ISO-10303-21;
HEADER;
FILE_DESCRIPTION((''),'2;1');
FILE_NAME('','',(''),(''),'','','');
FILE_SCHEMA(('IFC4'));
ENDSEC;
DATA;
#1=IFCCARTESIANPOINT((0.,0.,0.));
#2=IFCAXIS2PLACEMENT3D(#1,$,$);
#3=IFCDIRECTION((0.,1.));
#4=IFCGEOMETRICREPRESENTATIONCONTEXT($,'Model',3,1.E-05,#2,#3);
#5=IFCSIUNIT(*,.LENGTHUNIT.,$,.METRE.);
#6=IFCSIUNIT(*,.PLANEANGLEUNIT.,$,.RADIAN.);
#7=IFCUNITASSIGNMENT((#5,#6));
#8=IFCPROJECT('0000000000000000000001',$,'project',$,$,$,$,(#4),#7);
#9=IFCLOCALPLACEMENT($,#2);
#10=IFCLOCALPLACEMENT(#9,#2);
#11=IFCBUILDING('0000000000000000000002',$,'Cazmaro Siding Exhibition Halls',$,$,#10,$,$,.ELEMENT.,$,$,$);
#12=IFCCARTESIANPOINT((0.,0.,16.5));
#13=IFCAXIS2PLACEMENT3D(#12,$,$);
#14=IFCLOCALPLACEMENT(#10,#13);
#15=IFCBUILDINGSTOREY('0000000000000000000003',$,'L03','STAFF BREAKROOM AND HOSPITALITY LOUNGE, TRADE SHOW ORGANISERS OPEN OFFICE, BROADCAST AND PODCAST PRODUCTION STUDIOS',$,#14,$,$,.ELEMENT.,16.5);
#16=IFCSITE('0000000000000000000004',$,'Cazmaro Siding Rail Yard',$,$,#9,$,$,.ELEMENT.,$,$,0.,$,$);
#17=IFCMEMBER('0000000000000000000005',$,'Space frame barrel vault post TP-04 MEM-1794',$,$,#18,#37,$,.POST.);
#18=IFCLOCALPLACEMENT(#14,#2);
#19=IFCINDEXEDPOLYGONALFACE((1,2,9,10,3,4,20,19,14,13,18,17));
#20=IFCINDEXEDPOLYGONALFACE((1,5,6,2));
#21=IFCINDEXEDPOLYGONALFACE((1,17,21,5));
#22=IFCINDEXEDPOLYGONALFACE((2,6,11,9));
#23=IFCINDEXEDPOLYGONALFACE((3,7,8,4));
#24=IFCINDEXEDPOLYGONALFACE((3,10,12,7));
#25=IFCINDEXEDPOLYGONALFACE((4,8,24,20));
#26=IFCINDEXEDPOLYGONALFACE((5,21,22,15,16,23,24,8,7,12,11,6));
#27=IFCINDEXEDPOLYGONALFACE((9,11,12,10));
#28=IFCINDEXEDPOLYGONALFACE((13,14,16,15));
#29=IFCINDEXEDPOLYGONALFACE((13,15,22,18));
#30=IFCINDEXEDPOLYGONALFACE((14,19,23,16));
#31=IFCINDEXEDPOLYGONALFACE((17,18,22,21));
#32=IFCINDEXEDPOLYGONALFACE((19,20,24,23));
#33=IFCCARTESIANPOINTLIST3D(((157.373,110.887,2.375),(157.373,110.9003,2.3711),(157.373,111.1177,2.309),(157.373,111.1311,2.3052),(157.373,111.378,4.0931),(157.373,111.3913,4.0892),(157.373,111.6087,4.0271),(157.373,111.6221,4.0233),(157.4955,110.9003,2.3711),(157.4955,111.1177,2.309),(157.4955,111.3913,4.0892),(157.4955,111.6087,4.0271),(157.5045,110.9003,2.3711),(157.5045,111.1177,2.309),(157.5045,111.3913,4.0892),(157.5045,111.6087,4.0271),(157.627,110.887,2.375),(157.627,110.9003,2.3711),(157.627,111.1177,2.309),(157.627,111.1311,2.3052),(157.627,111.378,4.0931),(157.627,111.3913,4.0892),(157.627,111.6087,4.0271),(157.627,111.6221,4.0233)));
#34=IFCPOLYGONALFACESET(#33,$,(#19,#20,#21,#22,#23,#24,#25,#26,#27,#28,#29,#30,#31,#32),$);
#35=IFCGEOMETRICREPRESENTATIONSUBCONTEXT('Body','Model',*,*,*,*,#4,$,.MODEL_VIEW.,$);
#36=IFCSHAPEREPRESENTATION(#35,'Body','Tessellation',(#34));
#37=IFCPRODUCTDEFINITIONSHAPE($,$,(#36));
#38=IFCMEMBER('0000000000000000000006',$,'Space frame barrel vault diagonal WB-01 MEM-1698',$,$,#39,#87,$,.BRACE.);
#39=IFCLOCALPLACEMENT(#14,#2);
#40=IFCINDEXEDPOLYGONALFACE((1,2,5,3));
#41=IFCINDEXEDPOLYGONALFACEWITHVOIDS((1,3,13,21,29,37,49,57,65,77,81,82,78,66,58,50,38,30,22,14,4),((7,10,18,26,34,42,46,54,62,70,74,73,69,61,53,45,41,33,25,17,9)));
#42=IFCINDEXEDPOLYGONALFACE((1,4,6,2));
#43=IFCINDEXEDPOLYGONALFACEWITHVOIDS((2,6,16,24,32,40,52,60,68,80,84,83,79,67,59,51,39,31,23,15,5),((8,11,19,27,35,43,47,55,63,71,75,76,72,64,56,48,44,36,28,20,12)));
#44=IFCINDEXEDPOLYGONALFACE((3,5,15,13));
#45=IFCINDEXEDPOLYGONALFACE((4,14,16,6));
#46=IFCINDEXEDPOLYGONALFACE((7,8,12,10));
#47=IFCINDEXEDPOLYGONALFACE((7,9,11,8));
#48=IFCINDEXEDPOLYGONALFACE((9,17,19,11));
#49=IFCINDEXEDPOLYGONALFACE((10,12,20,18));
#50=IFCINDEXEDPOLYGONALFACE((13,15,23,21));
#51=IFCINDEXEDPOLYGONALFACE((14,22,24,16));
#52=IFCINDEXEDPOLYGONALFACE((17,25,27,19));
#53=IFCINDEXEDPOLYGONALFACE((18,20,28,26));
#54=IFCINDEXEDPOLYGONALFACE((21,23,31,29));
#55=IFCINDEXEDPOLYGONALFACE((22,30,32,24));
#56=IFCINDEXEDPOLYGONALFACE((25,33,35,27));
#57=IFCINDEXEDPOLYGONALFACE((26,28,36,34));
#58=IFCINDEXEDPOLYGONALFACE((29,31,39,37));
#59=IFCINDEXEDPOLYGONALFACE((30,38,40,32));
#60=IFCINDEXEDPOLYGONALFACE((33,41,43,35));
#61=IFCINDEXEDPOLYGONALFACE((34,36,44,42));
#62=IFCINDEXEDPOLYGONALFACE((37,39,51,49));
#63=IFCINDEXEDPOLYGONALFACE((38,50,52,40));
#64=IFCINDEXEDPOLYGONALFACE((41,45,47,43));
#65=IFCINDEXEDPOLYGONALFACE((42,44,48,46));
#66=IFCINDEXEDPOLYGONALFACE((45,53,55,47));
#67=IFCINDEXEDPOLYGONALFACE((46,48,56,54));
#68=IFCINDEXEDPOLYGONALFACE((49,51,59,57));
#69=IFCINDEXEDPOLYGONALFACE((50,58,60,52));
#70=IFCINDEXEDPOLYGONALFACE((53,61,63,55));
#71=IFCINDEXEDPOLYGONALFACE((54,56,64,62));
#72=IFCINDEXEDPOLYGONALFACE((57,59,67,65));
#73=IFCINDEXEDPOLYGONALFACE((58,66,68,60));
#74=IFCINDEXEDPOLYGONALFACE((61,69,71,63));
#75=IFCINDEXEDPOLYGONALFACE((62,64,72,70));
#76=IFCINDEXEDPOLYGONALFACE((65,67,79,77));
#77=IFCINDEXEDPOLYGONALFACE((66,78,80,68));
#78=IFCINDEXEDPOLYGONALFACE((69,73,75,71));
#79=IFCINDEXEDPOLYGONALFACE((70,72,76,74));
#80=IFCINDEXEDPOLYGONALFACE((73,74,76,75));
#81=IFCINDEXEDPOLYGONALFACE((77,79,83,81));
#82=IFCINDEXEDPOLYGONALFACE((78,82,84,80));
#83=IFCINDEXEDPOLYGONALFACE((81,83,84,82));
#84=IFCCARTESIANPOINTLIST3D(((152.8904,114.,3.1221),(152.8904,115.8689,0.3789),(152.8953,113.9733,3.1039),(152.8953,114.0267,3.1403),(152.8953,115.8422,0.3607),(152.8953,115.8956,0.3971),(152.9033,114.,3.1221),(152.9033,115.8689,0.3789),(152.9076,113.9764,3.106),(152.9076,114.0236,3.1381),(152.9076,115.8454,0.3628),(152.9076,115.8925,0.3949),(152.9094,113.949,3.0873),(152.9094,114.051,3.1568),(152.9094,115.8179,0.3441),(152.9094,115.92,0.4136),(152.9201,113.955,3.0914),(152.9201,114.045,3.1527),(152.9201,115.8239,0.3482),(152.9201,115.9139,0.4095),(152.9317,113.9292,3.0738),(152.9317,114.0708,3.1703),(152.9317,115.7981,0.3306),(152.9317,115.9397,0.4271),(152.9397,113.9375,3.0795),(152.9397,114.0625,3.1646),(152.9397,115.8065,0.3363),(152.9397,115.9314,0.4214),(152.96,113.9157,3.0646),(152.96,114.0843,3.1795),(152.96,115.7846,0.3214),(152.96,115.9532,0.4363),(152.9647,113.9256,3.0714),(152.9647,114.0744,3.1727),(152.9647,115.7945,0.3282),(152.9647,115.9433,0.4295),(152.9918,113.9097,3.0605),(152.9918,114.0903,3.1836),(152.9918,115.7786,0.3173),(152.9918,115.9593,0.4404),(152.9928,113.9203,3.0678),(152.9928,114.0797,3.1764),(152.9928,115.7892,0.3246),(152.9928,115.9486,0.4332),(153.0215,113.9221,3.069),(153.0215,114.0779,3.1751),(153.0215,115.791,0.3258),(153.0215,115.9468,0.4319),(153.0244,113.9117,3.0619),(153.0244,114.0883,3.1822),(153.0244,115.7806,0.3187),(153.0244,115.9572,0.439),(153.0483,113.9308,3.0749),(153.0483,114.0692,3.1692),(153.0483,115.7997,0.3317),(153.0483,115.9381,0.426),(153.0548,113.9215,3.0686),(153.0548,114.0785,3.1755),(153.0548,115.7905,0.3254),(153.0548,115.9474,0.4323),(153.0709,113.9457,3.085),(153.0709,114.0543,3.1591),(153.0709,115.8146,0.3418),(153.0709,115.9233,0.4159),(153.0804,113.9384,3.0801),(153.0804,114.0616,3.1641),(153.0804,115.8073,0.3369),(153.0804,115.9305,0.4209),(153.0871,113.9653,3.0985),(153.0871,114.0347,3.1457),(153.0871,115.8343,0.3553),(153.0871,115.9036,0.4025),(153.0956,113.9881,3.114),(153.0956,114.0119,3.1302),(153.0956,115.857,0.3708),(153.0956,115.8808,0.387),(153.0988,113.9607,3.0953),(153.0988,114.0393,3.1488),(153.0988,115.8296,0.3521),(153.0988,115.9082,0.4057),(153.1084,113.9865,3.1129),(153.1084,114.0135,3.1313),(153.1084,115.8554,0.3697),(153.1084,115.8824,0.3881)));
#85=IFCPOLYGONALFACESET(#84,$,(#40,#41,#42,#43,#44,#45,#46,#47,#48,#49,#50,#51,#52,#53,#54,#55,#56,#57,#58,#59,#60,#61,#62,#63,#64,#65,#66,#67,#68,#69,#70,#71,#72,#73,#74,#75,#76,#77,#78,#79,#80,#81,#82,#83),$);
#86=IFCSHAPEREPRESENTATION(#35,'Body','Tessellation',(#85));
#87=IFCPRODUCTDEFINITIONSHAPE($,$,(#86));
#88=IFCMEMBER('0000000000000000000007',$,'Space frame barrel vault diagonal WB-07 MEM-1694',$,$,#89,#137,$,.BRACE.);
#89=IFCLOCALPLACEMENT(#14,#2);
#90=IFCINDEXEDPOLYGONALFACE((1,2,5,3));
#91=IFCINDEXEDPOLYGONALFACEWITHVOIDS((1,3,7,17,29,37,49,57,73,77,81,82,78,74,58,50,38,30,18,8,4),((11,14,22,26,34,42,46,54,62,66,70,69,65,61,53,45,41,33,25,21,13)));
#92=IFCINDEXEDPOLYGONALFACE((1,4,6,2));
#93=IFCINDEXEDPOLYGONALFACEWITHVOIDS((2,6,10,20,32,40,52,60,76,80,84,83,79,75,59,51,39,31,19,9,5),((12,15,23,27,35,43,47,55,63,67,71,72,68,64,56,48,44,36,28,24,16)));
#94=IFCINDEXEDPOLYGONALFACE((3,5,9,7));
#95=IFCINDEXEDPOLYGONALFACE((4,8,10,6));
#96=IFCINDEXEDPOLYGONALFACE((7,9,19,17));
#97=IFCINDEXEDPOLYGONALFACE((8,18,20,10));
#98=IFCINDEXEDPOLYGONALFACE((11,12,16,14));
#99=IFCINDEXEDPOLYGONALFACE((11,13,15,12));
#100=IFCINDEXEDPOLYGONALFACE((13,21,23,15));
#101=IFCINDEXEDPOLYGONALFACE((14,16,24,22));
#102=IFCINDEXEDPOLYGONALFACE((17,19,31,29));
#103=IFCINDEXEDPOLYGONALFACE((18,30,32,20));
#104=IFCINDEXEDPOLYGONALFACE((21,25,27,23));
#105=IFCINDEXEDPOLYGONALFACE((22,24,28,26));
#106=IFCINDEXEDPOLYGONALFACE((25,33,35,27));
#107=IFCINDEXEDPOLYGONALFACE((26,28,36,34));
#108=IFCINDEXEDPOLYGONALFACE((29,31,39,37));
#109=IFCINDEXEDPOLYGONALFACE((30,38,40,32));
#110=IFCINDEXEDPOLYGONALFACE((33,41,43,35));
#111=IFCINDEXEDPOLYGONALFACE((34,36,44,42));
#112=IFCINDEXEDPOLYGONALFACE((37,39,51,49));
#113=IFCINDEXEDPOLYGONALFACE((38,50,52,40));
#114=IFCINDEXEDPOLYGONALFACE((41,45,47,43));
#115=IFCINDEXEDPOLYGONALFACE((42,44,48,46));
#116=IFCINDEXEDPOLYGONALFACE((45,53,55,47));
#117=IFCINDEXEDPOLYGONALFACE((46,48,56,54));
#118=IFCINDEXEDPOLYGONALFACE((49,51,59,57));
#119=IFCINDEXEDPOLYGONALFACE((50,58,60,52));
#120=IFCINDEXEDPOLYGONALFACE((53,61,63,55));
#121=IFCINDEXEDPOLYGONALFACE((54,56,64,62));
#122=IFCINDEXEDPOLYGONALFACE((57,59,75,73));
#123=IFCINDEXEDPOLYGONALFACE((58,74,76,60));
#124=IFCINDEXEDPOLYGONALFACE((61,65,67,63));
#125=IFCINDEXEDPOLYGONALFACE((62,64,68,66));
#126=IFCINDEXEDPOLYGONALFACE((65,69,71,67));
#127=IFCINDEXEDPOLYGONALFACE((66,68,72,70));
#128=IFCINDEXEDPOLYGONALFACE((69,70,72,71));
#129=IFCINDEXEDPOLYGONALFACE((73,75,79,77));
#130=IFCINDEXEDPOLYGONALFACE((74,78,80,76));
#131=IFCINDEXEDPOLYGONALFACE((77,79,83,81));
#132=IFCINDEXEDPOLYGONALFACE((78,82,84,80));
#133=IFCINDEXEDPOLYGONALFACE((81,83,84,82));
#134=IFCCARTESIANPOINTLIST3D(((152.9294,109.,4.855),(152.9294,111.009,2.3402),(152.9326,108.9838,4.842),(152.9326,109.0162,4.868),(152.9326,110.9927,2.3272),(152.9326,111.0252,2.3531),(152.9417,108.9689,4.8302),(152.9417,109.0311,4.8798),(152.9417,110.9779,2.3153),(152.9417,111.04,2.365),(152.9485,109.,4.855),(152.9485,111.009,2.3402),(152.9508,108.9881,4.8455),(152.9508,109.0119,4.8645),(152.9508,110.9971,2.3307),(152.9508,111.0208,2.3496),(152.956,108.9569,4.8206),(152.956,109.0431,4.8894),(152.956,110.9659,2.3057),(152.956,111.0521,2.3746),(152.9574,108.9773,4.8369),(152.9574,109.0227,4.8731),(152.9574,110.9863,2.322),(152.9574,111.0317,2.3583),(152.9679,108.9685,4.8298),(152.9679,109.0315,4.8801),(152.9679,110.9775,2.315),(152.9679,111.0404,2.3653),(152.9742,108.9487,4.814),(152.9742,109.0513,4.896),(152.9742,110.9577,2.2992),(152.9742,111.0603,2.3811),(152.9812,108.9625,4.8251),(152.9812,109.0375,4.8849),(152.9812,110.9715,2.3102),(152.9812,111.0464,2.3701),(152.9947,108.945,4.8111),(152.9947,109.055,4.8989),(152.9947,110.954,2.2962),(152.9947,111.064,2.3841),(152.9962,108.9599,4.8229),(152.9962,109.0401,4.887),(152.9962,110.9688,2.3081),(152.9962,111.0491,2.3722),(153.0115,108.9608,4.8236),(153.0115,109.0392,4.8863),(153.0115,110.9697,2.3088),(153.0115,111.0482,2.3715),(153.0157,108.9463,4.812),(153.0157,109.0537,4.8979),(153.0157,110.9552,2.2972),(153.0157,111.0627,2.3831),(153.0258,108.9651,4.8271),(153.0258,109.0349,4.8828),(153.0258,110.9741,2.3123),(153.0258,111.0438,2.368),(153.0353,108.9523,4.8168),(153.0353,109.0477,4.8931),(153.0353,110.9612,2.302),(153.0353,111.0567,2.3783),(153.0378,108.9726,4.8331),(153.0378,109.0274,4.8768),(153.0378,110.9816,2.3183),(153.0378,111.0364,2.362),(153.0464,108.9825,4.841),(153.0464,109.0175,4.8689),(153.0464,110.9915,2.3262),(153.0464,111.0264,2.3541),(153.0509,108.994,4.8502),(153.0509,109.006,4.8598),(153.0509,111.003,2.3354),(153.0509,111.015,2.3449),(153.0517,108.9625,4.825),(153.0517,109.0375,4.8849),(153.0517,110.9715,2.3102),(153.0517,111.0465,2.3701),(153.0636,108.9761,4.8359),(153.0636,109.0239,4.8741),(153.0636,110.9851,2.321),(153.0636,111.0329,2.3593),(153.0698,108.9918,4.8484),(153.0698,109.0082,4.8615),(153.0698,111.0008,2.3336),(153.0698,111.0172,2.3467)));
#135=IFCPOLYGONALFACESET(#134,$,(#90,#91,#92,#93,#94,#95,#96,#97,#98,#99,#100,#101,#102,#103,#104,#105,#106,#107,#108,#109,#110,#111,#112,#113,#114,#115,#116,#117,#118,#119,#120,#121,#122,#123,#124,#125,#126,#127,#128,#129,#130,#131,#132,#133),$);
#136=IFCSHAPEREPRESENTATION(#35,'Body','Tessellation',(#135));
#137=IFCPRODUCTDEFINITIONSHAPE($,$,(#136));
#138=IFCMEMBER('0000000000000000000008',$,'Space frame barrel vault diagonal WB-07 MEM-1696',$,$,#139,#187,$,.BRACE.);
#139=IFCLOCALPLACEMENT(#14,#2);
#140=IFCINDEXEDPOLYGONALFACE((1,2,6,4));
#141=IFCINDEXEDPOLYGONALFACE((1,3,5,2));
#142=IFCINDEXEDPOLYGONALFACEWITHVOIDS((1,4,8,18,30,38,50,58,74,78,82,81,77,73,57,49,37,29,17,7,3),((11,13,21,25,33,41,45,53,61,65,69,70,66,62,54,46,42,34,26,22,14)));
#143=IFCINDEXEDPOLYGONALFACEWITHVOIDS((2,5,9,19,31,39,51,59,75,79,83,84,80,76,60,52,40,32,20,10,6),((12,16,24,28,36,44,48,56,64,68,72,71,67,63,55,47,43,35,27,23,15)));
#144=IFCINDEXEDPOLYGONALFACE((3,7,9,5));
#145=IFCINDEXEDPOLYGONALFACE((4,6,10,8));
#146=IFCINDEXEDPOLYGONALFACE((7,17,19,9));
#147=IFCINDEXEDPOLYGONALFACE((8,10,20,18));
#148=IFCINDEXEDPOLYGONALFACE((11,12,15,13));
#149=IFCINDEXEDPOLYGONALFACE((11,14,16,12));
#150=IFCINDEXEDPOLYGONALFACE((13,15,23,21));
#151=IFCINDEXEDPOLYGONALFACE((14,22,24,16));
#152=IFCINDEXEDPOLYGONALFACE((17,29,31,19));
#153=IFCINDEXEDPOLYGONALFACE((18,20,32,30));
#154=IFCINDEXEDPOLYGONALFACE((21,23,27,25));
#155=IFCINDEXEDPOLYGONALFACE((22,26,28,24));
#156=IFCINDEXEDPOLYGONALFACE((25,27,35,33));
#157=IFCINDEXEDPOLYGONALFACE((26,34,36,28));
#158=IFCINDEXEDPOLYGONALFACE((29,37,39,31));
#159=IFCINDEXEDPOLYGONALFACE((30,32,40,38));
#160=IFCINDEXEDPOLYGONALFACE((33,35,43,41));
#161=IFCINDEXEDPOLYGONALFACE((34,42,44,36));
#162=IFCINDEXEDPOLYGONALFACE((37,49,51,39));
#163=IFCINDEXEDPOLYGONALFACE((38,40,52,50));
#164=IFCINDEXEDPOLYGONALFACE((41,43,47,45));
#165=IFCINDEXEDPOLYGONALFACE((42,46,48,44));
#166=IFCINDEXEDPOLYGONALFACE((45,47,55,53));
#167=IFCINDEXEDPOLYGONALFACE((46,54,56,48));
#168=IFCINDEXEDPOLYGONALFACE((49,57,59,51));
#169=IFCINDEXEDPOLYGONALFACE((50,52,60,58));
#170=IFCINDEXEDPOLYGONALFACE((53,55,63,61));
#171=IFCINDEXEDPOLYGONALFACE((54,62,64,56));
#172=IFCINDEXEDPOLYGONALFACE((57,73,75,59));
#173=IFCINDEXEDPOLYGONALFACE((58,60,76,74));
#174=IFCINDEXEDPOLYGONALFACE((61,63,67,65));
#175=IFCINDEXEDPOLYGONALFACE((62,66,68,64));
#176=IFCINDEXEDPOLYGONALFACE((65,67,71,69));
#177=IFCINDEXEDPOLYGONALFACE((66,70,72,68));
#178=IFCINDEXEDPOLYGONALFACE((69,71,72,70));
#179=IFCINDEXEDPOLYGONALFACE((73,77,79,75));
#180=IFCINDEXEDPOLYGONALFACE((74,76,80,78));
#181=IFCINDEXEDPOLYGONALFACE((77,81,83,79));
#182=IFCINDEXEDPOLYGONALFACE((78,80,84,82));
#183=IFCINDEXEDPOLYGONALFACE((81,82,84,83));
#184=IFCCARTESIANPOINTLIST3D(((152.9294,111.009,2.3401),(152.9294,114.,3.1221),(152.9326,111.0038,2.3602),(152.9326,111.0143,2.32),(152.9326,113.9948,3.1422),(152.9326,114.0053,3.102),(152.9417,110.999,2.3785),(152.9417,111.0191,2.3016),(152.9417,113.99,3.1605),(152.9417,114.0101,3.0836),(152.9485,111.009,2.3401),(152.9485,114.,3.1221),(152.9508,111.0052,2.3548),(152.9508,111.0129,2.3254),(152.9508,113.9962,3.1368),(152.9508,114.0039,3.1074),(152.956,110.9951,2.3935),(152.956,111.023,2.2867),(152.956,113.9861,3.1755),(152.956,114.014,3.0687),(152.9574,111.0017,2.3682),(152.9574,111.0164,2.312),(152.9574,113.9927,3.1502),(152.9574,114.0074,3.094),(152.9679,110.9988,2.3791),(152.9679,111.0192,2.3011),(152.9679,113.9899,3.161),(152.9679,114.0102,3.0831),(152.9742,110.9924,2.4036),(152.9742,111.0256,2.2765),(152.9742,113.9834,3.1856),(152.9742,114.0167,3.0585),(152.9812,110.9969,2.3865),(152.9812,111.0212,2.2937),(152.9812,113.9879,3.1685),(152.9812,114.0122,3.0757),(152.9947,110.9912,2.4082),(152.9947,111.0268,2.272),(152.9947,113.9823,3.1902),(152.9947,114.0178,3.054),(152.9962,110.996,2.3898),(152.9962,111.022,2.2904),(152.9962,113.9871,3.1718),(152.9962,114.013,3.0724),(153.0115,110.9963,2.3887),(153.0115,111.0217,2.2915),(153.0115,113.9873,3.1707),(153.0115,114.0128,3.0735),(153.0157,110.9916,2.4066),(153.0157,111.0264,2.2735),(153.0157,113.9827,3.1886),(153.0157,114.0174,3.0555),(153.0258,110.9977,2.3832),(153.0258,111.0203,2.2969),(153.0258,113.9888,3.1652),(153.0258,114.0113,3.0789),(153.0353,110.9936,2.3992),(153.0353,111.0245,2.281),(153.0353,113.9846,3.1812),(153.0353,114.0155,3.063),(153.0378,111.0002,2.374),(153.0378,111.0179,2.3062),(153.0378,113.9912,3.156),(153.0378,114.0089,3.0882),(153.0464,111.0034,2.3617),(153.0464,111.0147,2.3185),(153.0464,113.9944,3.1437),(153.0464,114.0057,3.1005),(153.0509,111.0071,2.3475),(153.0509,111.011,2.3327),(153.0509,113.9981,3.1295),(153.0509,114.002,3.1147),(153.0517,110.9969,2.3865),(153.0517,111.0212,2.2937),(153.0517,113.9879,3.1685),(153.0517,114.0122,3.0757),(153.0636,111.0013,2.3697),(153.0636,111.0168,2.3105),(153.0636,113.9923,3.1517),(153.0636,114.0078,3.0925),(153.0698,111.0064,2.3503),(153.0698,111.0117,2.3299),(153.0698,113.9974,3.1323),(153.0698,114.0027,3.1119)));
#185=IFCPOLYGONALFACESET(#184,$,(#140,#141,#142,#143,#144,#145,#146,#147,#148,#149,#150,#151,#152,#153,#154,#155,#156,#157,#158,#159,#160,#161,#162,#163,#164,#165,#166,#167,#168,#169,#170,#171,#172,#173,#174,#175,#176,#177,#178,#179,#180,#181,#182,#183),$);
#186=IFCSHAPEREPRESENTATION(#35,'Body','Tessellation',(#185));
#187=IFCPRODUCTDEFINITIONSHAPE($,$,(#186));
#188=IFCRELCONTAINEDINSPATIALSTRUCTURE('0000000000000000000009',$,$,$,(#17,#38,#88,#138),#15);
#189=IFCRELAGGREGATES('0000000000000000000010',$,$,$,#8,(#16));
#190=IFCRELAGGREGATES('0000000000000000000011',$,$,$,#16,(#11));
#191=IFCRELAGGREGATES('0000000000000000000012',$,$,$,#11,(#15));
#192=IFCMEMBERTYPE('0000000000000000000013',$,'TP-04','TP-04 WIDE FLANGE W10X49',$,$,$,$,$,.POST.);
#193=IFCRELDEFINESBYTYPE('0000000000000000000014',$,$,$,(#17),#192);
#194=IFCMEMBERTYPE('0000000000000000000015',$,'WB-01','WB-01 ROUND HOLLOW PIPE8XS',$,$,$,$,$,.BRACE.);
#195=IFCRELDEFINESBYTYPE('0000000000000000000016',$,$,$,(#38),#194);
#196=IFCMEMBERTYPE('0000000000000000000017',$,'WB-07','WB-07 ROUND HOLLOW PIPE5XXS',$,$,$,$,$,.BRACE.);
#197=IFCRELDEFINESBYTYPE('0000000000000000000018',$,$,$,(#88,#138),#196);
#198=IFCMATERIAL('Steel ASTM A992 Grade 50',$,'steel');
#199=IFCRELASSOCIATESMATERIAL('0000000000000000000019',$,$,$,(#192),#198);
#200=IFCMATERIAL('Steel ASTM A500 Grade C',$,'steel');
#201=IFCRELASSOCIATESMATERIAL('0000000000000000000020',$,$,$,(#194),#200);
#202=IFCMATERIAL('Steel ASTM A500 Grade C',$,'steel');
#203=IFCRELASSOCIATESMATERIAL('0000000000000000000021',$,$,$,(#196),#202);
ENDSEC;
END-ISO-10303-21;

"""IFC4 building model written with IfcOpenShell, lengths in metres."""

from ifc_helpers import new_model, si_unit, direction, frame, origin, origin_2d, place, context, subcontext, project, spatial, hollow_circle, i_section, extrude, material, material_profile, profile_set, type_object, element, save


model = new_model("IFC4")

# Units and contexts
model_context = context("Model", 3, precision=1e-05, world=origin(), true_north=direction((0.0, 1.0)))
body_context = subcontext(model_context, "Body", "Model", "MODEL_VIEW")
ifc_project = project(units=[si_unit("LENGTHUNIT", "METRE"), si_unit("PLANEANGLEUNIT", "RADIAN")], contexts=[model_context])

# Site, building, storey
site_placement = place(None, origin())
site = spatial("IfcSite", under=ifc_project, at=site_placement, Name="Cazmaro Siding Rail Yard", CompositionType="ELEMENT", RefElevation=0.0)
building_placement = place(site_placement, origin())
building = spatial("IfcBuilding", under=site, at=building_placement, Name="Cazmaro Siding Exhibition Halls", CompositionType="ELEMENT")
storey_placement = place(building_placement, frame((0.0, 0.0, 16.5)))
storey = spatial("IfcBuildingStorey", under=building, at=storey_placement, Name="L03", Description="STAFF BREAKROOM AND HOSPITALITY LOUNGE, TRADE SHOW ORGANISERS OPEN OFFICE, BROADCAST AND PODCAST PRODUCTION STUDIOS", CompositionType="ELEMENT", Elevation=16.5)

# Members
ifc_material_1 = material(Name="Steel ASTM A992 Grade 50", Category="steel")
ifc_material_profile_1 = material_profile(ifc_material_1, i_section(OverallWidth=0.2539, OverallDepth=0.2539, WebThickness=0.009, FlangeThickness=0.0139, at=origin_2d()), Name="W10X49")
ifc_profile_set_1 = profile_set([ifc_material_profile_1], Name="Steel ASTM A992 Grade 50")
member_type_1 = type_object("IfcMemberType", Name="TP-04", Description="TP-04 WIDE FLANGE W10X49", PredefinedType="POST", material=ifc_profile_set_1)
member_1_placement = place(storey_placement, frame((157.5, 111.009, 2.3401), z_axis=(0.0, 0.274775, 0.961508), x_axis=(-1.0, 0.0, 0.0)))
element("IfcMember", 1, at=member_1_placement, inside=storey, type_object=member_type_1, Name="Space frame barrel vault post TP-04 MEM-1794", PredefinedType="POST", context=body_context, shape_type="SweptSolid", body=[
    extrude(i_section(OverallWidth=0.2539, OverallDepth=0.2539, WebThickness=0.009, FlangeThickness=0.0139, at=origin_2d()), origin(), (0.0, 0.0, 1.0), 1.7869),
])
ifc_material_2 = material(Name="Steel ASTM A500 Grade C", Category="steel")
ifc_material_profile_2 = material_profile(ifc_material_2, hollow_circle(Radius=0.1096, WallThickness=0.0129, at=origin_2d()), Name="PIPE8XS")
ifc_profile_set_2 = profile_set([ifc_material_profile_2], Name="Steel ASTM A500 Grade C")
member_type_2 = type_object("IfcMemberType", Name="WB-01", Description="WB-01 ROUND HOLLOW PIPE8XS", PredefinedType="BRACE", material=ifc_profile_set_2)
member_2_placement = place(storey_placement, frame((153.0, 114.0, 3.1221), z_axis=(0.0, 0.56304, -0.82643), x_axis=(-1.0, 0.0, 0.0)))
element("IfcMember", 2, at=member_2_placement, inside=storey, type_object=member_type_2, Name="Space frame barrel vault diagonal WB-01 MEM-1698", PredefinedType="BRACE", context=body_context, shape_type="SweptSolid", body=[
    extrude(hollow_circle(Radius=0.1096, WallThickness=0.0129, at=origin_2d()), origin(), (0.0, 0.0, 1.0), 3.3193),
])
ifc_material_3 = material(Name="Steel ASTM A500 Grade C", Category="steel")
ifc_material_profile_3 = material_profile(ifc_material_3, hollow_circle(Radius=0.0706, WallThickness=0.019, at=origin_2d()), Name="PIPE5XXS")
ifc_profile_set_3 = profile_set([ifc_material_profile_3], Name="Steel ASTM A500 Grade C")
member_type_3 = type_object("IfcMemberType", Name="WB-07", Description="WB-07 ROUND HOLLOW PIPE5XXS", PredefinedType="BRACE", material=ifc_profile_set_3)
member_3_placement = place(storey_placement, frame((153.0, 109.0, 4.855), z_axis=(0.0, 0.624149, -0.781305), x_axis=(-1.0, 0.0, 0.0)))
element("IfcMember", 3, at=member_3_placement, inside=storey, type_object=member_type_3, Name="Space frame barrel vault diagonal WB-07 MEM-1694", PredefinedType="BRACE", context=body_context, shape_type="SweptSolid", body=[
    extrude(hollow_circle(Radius=0.0706, WallThickness=0.019, at=origin_2d()), origin(), (0.0, 0.0, 1.0), 3.2188),
])
member_4_placement = place(storey_placement, frame((153.0, 111.009, 2.3401), z_axis=(0.0, 0.96748, 0.252946), x_axis=(-1.0, 0.0, 0.0)))
element("IfcMember", 4, at=member_4_placement, inside=storey, type_object=member_type_3, Name="Space frame barrel vault diagonal WB-07 MEM-1696", PredefinedType="BRACE", context=body_context, shape_type="SweptSolid", body=[
    extrude(hollow_circle(Radius=0.0706, WallThickness=0.019, at=origin_2d()), origin(), (0.0, 0.0, 1.0), 3.0916),
])

save(model, "model.ifc")
